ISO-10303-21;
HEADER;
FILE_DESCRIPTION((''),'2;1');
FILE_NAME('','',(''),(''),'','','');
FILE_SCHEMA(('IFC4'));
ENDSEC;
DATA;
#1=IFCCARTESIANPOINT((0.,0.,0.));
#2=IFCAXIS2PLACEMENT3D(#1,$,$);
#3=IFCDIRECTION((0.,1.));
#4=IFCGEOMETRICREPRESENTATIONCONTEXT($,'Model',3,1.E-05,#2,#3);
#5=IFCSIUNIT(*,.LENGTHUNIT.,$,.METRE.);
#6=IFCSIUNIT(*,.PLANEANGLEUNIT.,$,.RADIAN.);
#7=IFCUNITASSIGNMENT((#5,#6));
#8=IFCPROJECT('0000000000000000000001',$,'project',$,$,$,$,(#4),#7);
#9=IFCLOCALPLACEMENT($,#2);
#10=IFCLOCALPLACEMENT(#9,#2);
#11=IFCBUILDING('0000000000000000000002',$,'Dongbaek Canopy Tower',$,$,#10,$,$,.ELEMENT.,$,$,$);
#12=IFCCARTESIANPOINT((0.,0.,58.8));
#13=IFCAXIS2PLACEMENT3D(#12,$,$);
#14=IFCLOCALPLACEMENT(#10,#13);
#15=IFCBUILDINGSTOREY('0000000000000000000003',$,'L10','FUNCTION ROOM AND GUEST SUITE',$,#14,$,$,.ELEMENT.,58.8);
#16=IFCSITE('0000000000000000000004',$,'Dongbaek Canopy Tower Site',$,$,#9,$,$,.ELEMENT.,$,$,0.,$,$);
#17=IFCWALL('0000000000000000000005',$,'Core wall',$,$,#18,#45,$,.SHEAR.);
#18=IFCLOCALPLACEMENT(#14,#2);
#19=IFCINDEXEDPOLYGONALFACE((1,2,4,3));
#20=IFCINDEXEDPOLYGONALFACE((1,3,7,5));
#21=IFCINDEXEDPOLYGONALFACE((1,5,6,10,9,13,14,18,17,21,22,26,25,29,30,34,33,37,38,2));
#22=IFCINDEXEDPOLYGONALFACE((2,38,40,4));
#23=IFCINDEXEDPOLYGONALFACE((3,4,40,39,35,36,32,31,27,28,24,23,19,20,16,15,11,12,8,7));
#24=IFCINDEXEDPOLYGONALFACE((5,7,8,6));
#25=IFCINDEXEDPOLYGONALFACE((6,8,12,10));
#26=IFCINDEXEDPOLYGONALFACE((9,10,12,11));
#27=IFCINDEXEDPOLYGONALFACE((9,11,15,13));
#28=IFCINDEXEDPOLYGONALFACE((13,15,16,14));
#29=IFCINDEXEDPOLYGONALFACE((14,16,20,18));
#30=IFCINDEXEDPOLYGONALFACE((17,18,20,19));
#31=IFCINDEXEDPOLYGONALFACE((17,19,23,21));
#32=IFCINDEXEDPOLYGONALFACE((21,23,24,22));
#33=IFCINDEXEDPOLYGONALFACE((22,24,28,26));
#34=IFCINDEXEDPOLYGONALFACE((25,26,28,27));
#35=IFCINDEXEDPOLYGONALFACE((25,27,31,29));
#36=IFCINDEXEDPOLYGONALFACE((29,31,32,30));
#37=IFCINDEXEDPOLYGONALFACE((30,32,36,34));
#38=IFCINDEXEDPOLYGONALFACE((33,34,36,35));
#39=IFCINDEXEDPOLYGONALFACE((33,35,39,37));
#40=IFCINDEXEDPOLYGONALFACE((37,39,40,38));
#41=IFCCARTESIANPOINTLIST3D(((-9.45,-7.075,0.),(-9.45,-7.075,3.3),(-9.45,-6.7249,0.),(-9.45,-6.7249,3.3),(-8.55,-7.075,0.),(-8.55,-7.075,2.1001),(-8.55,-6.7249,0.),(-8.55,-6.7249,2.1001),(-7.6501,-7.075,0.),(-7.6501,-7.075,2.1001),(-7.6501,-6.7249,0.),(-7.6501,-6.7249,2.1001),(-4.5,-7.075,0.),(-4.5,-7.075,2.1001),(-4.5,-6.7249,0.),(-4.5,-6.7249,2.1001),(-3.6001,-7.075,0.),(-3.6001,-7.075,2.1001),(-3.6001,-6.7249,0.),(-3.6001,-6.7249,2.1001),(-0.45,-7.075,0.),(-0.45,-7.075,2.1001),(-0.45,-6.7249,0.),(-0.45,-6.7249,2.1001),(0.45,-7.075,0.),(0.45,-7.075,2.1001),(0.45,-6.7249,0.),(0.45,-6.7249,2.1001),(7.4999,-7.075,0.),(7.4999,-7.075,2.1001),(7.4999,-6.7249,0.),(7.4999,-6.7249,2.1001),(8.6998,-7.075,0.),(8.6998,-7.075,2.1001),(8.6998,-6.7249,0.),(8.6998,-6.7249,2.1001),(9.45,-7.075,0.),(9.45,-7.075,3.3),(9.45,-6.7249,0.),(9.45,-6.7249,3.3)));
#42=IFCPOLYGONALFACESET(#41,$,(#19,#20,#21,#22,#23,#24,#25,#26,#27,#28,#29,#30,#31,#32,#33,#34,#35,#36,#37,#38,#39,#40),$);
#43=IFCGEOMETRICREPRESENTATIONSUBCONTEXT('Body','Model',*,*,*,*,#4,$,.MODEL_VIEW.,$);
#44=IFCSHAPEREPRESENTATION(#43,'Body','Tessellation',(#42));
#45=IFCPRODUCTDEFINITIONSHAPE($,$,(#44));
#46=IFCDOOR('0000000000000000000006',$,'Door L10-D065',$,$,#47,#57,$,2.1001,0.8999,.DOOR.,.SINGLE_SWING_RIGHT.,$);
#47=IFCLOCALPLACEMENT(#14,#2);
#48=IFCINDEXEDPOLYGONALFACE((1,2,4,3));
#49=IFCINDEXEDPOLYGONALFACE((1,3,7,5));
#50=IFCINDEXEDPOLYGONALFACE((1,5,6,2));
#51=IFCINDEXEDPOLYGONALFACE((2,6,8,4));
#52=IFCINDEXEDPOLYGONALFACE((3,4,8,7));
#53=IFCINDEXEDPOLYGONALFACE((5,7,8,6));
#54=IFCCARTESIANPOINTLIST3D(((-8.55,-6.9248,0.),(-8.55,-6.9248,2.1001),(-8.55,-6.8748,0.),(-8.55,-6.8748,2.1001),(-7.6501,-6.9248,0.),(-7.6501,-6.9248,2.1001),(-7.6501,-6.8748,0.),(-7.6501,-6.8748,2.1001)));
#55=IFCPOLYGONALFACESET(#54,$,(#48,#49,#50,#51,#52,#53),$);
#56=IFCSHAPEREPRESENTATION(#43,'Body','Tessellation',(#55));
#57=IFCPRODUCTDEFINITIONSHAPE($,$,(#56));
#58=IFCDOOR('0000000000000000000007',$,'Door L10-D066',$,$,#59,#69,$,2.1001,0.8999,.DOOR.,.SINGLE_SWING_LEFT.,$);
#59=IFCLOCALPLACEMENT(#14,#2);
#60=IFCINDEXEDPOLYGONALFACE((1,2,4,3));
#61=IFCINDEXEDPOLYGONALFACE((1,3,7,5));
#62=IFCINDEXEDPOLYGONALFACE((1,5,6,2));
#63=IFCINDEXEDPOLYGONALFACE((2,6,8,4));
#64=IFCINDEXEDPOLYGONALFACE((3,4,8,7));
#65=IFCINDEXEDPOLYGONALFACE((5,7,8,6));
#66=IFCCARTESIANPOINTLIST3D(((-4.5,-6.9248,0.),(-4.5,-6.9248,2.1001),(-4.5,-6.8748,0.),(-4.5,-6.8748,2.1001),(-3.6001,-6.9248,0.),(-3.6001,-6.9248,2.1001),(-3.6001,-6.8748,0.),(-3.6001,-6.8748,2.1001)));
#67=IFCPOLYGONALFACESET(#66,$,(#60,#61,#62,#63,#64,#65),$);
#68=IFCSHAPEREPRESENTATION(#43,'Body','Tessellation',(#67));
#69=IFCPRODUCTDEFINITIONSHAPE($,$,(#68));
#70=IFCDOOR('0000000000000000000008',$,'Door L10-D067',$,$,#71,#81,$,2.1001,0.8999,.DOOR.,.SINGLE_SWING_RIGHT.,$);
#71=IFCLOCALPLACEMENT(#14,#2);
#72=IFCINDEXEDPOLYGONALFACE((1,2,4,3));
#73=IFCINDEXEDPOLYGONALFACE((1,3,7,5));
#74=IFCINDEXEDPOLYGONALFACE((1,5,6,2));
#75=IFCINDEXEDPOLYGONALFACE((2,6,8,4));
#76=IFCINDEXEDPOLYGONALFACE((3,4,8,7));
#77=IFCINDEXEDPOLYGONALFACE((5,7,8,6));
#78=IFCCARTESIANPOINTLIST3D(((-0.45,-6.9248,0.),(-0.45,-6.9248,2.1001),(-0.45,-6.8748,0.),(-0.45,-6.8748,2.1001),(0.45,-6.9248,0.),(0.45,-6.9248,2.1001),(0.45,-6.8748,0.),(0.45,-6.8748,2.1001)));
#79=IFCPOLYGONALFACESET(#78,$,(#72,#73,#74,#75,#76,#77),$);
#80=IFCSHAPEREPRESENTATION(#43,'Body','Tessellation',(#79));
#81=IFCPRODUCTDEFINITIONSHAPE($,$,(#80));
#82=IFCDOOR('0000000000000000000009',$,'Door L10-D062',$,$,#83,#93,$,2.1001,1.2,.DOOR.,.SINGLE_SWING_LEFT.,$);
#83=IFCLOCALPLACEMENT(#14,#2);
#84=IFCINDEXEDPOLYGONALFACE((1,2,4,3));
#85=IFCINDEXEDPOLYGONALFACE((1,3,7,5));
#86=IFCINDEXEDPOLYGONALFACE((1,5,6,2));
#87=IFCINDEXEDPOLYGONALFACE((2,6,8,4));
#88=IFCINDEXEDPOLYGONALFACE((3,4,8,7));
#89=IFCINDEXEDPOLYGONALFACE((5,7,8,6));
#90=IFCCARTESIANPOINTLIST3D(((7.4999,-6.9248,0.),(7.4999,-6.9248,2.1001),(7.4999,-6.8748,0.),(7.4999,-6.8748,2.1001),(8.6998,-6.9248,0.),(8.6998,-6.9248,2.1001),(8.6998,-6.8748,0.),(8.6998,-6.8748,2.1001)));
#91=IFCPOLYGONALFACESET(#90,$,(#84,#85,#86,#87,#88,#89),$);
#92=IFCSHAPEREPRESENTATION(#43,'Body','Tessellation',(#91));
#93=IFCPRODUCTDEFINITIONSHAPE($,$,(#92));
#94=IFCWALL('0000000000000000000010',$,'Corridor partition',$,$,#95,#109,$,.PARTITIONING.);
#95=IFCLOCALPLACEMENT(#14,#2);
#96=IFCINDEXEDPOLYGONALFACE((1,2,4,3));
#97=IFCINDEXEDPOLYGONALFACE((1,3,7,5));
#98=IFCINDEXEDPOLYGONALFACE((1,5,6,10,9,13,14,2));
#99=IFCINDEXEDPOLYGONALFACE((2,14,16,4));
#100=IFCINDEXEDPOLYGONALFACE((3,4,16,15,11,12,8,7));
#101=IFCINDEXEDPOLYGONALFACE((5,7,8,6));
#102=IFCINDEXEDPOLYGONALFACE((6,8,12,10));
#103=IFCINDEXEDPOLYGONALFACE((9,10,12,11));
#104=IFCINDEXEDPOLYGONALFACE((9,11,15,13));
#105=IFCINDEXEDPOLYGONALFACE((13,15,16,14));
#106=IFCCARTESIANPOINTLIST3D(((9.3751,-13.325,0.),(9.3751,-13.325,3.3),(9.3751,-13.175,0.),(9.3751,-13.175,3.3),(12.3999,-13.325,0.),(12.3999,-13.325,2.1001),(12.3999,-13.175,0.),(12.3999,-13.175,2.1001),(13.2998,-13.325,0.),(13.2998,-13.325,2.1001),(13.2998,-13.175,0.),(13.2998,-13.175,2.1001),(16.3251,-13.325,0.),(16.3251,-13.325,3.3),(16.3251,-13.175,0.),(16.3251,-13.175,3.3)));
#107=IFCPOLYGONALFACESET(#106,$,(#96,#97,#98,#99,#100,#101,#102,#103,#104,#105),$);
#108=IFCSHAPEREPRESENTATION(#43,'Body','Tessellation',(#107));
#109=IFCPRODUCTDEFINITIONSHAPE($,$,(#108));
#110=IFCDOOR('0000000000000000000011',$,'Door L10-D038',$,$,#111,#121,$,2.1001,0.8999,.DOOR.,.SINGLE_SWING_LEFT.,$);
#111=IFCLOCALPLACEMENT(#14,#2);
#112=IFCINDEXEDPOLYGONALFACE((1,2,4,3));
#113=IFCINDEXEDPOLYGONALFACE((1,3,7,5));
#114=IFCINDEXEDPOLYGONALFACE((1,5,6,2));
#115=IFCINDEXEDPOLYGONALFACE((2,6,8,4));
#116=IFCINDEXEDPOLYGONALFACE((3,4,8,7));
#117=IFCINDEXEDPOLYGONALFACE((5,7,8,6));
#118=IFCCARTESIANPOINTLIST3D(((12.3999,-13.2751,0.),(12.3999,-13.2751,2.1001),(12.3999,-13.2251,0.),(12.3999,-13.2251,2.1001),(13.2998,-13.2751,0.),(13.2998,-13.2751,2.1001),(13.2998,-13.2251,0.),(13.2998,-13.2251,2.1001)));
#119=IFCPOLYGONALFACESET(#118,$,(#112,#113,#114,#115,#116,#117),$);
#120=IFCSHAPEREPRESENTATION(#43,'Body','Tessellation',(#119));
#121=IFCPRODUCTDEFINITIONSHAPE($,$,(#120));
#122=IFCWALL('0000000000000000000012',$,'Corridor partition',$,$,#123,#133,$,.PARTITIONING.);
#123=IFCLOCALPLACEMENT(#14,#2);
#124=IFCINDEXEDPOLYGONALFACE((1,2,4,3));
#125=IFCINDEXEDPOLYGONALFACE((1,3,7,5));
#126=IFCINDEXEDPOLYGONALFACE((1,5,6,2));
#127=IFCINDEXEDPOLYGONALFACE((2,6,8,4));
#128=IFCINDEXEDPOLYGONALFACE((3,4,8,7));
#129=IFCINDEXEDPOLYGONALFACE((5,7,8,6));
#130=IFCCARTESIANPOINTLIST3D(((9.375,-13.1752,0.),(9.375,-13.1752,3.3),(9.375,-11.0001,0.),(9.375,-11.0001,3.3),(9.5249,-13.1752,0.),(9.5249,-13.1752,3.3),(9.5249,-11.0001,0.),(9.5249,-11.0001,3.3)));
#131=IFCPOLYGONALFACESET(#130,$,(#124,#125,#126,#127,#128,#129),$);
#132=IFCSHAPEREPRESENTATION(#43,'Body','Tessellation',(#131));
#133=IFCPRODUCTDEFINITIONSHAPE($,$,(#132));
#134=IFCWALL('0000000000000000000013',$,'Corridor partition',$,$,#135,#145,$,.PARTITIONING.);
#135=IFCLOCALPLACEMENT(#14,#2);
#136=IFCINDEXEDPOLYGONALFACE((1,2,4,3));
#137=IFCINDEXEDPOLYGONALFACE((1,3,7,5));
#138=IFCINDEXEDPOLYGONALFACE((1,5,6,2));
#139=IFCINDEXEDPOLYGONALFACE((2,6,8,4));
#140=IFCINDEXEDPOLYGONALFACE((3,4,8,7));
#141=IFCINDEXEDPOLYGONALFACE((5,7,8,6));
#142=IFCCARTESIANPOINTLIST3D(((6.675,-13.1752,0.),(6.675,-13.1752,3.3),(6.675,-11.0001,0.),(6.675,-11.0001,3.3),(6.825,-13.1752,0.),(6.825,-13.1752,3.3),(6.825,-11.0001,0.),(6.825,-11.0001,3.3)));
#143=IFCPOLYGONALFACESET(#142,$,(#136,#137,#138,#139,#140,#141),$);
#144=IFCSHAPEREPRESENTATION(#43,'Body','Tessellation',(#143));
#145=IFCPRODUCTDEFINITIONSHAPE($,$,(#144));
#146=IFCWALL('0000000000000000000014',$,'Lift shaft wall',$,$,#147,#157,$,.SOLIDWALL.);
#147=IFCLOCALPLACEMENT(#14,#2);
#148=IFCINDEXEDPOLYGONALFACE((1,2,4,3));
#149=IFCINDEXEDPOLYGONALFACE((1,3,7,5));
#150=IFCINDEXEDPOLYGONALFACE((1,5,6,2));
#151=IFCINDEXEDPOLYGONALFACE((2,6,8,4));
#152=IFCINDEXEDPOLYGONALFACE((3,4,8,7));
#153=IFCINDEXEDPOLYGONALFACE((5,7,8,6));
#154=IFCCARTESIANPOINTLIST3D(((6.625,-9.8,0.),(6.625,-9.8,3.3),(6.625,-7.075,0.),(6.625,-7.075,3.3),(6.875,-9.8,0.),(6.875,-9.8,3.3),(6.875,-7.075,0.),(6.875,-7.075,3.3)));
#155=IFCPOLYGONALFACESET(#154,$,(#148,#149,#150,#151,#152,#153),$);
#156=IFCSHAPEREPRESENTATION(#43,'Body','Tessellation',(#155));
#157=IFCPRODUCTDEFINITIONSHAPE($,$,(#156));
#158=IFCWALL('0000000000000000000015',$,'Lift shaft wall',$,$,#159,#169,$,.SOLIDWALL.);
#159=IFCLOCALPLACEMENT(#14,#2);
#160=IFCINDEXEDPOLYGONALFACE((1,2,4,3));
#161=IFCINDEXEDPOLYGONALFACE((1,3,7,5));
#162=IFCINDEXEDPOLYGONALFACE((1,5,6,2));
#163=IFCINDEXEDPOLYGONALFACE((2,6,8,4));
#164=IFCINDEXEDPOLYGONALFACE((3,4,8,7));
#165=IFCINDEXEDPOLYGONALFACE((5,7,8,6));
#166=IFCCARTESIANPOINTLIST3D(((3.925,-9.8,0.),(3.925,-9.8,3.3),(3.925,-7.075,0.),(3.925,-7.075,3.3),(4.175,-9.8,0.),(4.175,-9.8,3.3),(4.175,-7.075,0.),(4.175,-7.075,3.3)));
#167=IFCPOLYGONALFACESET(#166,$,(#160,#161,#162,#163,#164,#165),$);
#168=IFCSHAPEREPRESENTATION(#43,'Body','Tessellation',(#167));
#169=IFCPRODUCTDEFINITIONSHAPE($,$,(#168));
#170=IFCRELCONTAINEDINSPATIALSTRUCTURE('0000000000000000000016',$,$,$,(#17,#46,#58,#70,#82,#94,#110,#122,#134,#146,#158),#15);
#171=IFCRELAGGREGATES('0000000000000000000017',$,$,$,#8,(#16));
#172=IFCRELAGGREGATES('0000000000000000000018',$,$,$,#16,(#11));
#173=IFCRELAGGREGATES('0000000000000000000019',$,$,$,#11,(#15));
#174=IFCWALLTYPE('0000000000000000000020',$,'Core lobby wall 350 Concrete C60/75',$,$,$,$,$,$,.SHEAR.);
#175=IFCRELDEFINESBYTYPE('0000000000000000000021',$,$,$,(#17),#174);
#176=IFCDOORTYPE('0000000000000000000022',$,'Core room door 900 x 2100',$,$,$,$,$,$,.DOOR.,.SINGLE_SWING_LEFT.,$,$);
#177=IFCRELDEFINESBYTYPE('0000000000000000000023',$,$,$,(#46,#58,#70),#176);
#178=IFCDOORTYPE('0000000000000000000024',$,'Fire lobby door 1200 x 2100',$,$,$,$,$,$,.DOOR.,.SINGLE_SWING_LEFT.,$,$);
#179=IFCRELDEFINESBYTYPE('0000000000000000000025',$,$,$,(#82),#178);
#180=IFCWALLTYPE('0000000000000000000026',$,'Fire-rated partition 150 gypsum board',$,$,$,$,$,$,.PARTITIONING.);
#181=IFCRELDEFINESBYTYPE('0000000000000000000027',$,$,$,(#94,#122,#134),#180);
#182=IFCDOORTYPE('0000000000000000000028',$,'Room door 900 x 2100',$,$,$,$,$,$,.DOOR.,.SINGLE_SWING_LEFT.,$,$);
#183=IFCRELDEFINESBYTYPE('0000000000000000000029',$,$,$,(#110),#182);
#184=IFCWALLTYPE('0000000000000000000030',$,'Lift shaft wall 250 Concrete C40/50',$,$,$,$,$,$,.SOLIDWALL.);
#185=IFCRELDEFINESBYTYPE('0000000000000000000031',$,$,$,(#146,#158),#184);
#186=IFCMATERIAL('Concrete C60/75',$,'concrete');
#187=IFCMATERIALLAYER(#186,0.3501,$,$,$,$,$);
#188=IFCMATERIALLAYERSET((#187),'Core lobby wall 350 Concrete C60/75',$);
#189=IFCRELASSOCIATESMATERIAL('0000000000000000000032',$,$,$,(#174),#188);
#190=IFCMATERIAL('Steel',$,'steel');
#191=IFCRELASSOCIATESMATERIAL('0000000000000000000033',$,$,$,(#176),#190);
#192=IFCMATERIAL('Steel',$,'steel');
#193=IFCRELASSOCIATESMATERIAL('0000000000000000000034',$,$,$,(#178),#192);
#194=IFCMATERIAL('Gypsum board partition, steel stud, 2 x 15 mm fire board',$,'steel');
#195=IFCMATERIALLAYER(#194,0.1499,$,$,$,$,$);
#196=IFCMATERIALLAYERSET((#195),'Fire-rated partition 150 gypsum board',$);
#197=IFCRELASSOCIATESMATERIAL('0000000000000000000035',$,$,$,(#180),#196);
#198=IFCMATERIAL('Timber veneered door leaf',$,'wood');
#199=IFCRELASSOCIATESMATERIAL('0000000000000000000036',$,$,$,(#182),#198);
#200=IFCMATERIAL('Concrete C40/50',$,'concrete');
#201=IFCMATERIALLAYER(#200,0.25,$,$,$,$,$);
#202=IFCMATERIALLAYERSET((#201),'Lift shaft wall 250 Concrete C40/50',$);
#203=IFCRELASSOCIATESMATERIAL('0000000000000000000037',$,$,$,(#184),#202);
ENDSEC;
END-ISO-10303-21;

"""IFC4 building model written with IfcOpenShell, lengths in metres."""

from ifc_helpers import new_model, si_unit, direction, frame, frame_2d, origin, place, context, subcontext, project, spatial, rectangle, extrude, material, layer, layer_set, type_object, element, fill, save


model = new_model("IFC4")

# Units and contexts
model_context = context("Model", 3, precision=1e-05, world=origin(), true_north=direction((0.0, 1.0)))
body_context = subcontext(model_context, "Body", "Model", "MODEL_VIEW")
ifc_project = project(units=[si_unit("LENGTHUNIT", "METRE"), si_unit("PLANEANGLEUNIT", "RADIAN")], contexts=[model_context])

# Site, building, storey
site_placement = place(None, origin())
site = spatial("IfcSite", under=ifc_project, at=site_placement, Name="Dongbaek Canopy Tower Site", CompositionType="ELEMENT", RefElevation=0.0)
building_placement = place(site_placement, origin())
building = spatial("IfcBuilding", under=site, at=building_placement, Name="Dongbaek Canopy Tower", CompositionType="ELEMENT")
storey_placement = place(building_placement, frame((0.0, 0.0, 58.8)))
storey = spatial("IfcBuildingStorey", under=building, at=storey_placement, Name="L10", Description="FUNCTION ROOM AND GUEST SUITE", CompositionType="ELEMENT", Elevation=58.8)

# Wall, openings, doors
ifc_material_1 = material(Name="Concrete C60/75", Category="concrete")
ifc_layer_1 = layer(ifc_material_1, 0.3501)
ifc_layer_set_1 = layer_set([ifc_layer_1], Name="Core lobby wall 350 Concrete C60/75")
wall_type_1 = type_object("IfcWallType", Name="Core lobby wall 350 Concrete C60/75", PredefinedType="SHEAR", material=ifc_layer_set_1)
wall_1_placement = place(storey_placement, frame((9.45, -6.8999, 0.0), z_axis=(0.0, 0.0, 1.0), x_axis=(-1.0, 0.0, 0.0)))
wall_1 = element("IfcWall", 1, at=wall_1_placement, inside=storey, type_object=wall_type_1, Name="Core wall", PredefinedType="SHEAR", context=body_context, shape_type="SweptSolid", body=[
    extrude(rectangle(XDim=18.8999, YDim=0.3501, at=frame_2d((9.45, 0.0))), origin(), (0.0, 0.0, 1.0), 3.3),
])
opening_1_placement = place(wall_1_placement, frame((0.75, 0.0, 0.0)))
opening_1 = element("IfcOpeningElement", 2, at=opening_1_placement, cuts=wall_1, PredefinedType="OPENING", context=body_context, shape_type="SweptSolid", body=[
    extrude(rectangle(XDim=1.2, YDim=2.1001, at=frame_2d((0.6001, 1.05))), frame((0.0, 0.1851, 0.0), z_axis=(0.0, -1.0, 0.0), x_axis=(1.0, 0.0, 0.0)), (0.0, 0.0, 1.0), 0.3701),
])
opening_2_placement = place(wall_1_placement, frame((17.1001, 0.0, 0.0)))
opening_2 = element("IfcOpeningElement", 3, at=opening_2_placement, cuts=wall_1, PredefinedType="OPENING", context=body_context, shape_type="SweptSolid", body=[
    extrude(rectangle(XDim=0.8999, YDim=2.1001, at=frame_2d((0.45, 1.05))), frame((0.0, 0.1851, 0.0), z_axis=(0.0, -1.0, 0.0), x_axis=(1.0, 0.0, 0.0)), (0.0, 0.0, 1.0), 0.3701),
])
opening_3_placement = place(wall_1_placement, frame((13.05, 0.0, 0.0)))
opening_3 = element("IfcOpeningElement", 4, at=opening_3_placement, cuts=wall_1, PredefinedType="OPENING", context=body_context, shape_type="SweptSolid", body=[
    extrude(rectangle(XDim=0.8999, YDim=2.1001, at=frame_2d((0.45, 1.05))), frame((0.0, 0.1851, 0.0), z_axis=(0.0, -1.0, 0.0), x_axis=(1.0, 0.0, 0.0)), (0.0, 0.0, 1.0), 0.3701),
])
opening_4_placement = place(wall_1_placement, frame((9.0, 0.0, 0.0)))
opening_4 = element("IfcOpeningElement", 5, at=opening_4_placement, cuts=wall_1, PredefinedType="OPENING", context=body_context, shape_type="SweptSolid", body=[
    extrude(rectangle(XDim=0.8999, YDim=2.1001, at=frame_2d((0.45, 1.05))), frame((0.0, 0.1851, 0.0), z_axis=(0.0, -1.0, 0.0), x_axis=(1.0, 0.0, 0.0)), (0.0, 0.0, 1.0), 0.3701),
])
ifc_material_2 = material(Name="Steel", Category="steel")
door_type_1 = type_object("IfcDoorType", Name="Core room door 900 x 2100", OperationType="SINGLE_SWING_LEFT", PredefinedType="DOOR", material=ifc_material_2)
door_1_placement = place(opening_2_placement, origin())
door_1 = element("IfcDoor", 6, at=door_1_placement, inside=storey, type_object=door_type_1, Name="Door L10-D065", OperationType="SINGLE_SWING_RIGHT", OverallHeight=2.1001, OverallWidth=0.8999, PredefinedType="DOOR", context=body_context, shape_type="SweptSolid", body=[
    extrude(rectangle(XDim=0.8999, YDim=2.1001, at=frame_2d((0.45, 1.05))), frame((0.0, 0.0249, 0.0), z_axis=(0.0, -1.0, 0.0), x_axis=(1.0, 0.0, 0.0)), (0.0, 0.0, 1.0), 0.05),
])
fill(opening_2, door_1)
door_2_placement = place(opening_3_placement, origin())
door_2 = element("IfcDoor", 7, at=door_2_placement, inside=storey, type_object=door_type_1, Name="Door L10-D066", OperationType="SINGLE_SWING_LEFT", OverallHeight=2.1001, OverallWidth=0.8999, PredefinedType="DOOR", context=body_context, shape_type="SweptSolid", body=[
    extrude(rectangle(XDim=0.8999, YDim=2.1001, at=frame_2d((0.45, 1.05))), frame((0.0, 0.0249, 0.0), z_axis=(0.0, -1.0, 0.0), x_axis=(1.0, 0.0, 0.0)), (0.0, 0.0, 1.0), 0.05),
])
fill(opening_3, door_2)
door_3_placement = place(opening_4_placement, origin())
door_3 = element("IfcDoor", 8, at=door_3_placement, inside=storey, type_object=door_type_1, Name="Door L10-D067", OperationType="SINGLE_SWING_RIGHT", OverallHeight=2.1001, OverallWidth=0.8999, PredefinedType="DOOR", context=body_context, shape_type="SweptSolid", body=[
    extrude(rectangle(XDim=0.8999, YDim=2.1001, at=frame_2d((0.45, 1.05))), frame((0.0, 0.0249, 0.0), z_axis=(0.0, -1.0, 0.0), x_axis=(1.0, 0.0, 0.0)), (0.0, 0.0, 1.0), 0.05),
])
fill(opening_4, door_3)
ifc_material_3 = material(Name="Steel", Category="steel")
door_type_2 = type_object("IfcDoorType", Name="Fire lobby door 1200 x 2100", OperationType="SINGLE_SWING_LEFT", PredefinedType="DOOR", material=ifc_material_3)
door_4_placement = place(opening_1_placement, origin())
door_4 = element("IfcDoor", 9, at=door_4_placement, inside=storey, type_object=door_type_2, Name="Door L10-D062", OperationType="SINGLE_SWING_LEFT", OverallHeight=2.1001, OverallWidth=1.2, PredefinedType="DOOR", context=body_context, shape_type="SweptSolid", body=[
    extrude(rectangle(XDim=1.2, YDim=2.1001, at=frame_2d((0.6001, 1.05))), frame((0.0, 0.0249, 0.0), z_axis=(0.0, -1.0, 0.0), x_axis=(1.0, 0.0, 0.0)), (0.0, 0.0, 1.0), 0.05),
])
fill(opening_1, door_4)

# Wall, opening, door
ifc_material_4 = material(Name="Gypsum board partition, steel stud, 2 x 15 mm fire board", Category="steel")
ifc_layer_2 = layer(ifc_material_4, 0.1499)
ifc_layer_set_2 = layer_set([ifc_layer_2], Name="Fire-rated partition 150 gypsum board")
wall_type_2 = type_object("IfcWallType", Name="Fire-rated partition 150 gypsum board", PredefinedType="PARTITIONING", material=ifc_layer_set_2)
wall_2_placement = place(storey_placement, frame((9.375, -13.25, 0.0), z_axis=(0.0, 0.0, 1.0), x_axis=(1.0, 0.0, 0.0)))
wall_2 = element("IfcWall", 10, at=wall_2_placement, inside=storey, type_object=wall_type_2, Name="Corridor partition", PredefinedType="PARTITIONING", context=body_context, shape_type="SweptSolid", body=[
    extrude(rectangle(XDim=6.95, YDim=0.1499, at=frame_2d((3.4751, 0.0))), origin(), (0.0, 0.0, 1.0), 3.3),
])
opening_5_placement = place(wall_2_placement, frame((3.0249, 0.0, 0.0)))
opening_5 = element("IfcOpeningElement", 11, at=opening_5_placement, cuts=wall_2, PredefinedType="OPENING", context=body_context, shape_type="SweptSolid", body=[
    extrude(rectangle(XDim=0.8999, YDim=2.1001, at=frame_2d((0.45, 1.05))), frame((0.0, 0.085, 0.0), z_axis=(0.0, -1.0, 0.0), x_axis=(1.0, 0.0, 0.0)), (0.0, 0.0, 1.0), 0.1699),
])
ifc_material_5 = material(Name="Timber veneered door leaf", Category="wood")
door_type_3 = type_object("IfcDoorType", Name="Room door 900 x 2100", OperationType="SINGLE_SWING_LEFT", PredefinedType="DOOR", material=ifc_material_5)
door_5_placement = place(opening_5_placement, origin())
door_5 = element("IfcDoor", 12, at=door_5_placement, inside=storey, type_object=door_type_3, Name="Door L10-D038", OperationType="SINGLE_SWING_LEFT", OverallHeight=2.1001, OverallWidth=0.8999, PredefinedType="DOOR", context=body_context, shape_type="SweptSolid", body=[
    extrude(rectangle(XDim=0.8999, YDim=2.1001, at=frame_2d((0.45, 1.05))), frame((0.0, 0.0249, 0.0), z_axis=(0.0, -1.0, 0.0), x_axis=(1.0, 0.0, 0.0)), (0.0, 0.0, 1.0), 0.05),
])
fill(opening_5, door_5)

# Walls
for number, where, z_axis, x_axis, name in (
    (13, (9.45, -13.175, 0.0), (0.0, 0.0, 1.0), (0.0, 1.0, 0.0), "Corridor partition"),
    (14, (6.75, -13.175, 0.0), (0.0, 0.0, 1.0), (0.0, 1.0, 0.0), "Corridor partition"),
):
    element("IfcWall", number, at=place(storey_placement, frame(where, z_axis=z_axis, x_axis=x_axis)), inside=storey, type_object=wall_type_2, Name=name, PredefinedType="PARTITIONING", context=body_context, shape_type="SweptSolid", body=[
        extrude(rectangle(XDim=2.175, YDim=0.1499, at=frame_2d((1.0874, 0.0))), origin(), (0.0, 0.0, 1.0), 3.3),
    ])
ifc_material_6 = material(Name="Concrete C40/50", Category="concrete")
ifc_layer_3 = layer(ifc_material_6, 0.25)
ifc_layer_set_3 = layer_set([ifc_layer_3], Name="Lift shaft wall 250 Concrete C40/50")
wall_type_3 = type_object("IfcWallType", Name="Lift shaft wall 250 Concrete C40/50", PredefinedType="SOLIDWALL", material=ifc_layer_set_3)
for number, where, z_axis, x_axis, name in (
    (15, (6.75, -9.8, 0.0), (0.0, 0.0, 1.0), (0.0, 1.0, 0.0), "Lift shaft wall"),
    (16, (4.05, -9.8, 0.0), (0.0, 0.0, 1.0), (0.0, 1.0, 0.0), "Lift shaft wall"),
):
    element("IfcWall", number, at=place(storey_placement, frame(where, z_axis=z_axis, x_axis=x_axis)), inside=storey, type_object=wall_type_3, Name=name, PredefinedType="SOLIDWALL", context=body_context, shape_type="SweptSolid", body=[
        extrude(rectangle(XDim=2.7251, YDim=0.25, at=frame_2d((1.3625, 0.0))), origin(), (0.0, 0.0, 1.0), 3.3),
    ])

save(model, "model.ifc")
